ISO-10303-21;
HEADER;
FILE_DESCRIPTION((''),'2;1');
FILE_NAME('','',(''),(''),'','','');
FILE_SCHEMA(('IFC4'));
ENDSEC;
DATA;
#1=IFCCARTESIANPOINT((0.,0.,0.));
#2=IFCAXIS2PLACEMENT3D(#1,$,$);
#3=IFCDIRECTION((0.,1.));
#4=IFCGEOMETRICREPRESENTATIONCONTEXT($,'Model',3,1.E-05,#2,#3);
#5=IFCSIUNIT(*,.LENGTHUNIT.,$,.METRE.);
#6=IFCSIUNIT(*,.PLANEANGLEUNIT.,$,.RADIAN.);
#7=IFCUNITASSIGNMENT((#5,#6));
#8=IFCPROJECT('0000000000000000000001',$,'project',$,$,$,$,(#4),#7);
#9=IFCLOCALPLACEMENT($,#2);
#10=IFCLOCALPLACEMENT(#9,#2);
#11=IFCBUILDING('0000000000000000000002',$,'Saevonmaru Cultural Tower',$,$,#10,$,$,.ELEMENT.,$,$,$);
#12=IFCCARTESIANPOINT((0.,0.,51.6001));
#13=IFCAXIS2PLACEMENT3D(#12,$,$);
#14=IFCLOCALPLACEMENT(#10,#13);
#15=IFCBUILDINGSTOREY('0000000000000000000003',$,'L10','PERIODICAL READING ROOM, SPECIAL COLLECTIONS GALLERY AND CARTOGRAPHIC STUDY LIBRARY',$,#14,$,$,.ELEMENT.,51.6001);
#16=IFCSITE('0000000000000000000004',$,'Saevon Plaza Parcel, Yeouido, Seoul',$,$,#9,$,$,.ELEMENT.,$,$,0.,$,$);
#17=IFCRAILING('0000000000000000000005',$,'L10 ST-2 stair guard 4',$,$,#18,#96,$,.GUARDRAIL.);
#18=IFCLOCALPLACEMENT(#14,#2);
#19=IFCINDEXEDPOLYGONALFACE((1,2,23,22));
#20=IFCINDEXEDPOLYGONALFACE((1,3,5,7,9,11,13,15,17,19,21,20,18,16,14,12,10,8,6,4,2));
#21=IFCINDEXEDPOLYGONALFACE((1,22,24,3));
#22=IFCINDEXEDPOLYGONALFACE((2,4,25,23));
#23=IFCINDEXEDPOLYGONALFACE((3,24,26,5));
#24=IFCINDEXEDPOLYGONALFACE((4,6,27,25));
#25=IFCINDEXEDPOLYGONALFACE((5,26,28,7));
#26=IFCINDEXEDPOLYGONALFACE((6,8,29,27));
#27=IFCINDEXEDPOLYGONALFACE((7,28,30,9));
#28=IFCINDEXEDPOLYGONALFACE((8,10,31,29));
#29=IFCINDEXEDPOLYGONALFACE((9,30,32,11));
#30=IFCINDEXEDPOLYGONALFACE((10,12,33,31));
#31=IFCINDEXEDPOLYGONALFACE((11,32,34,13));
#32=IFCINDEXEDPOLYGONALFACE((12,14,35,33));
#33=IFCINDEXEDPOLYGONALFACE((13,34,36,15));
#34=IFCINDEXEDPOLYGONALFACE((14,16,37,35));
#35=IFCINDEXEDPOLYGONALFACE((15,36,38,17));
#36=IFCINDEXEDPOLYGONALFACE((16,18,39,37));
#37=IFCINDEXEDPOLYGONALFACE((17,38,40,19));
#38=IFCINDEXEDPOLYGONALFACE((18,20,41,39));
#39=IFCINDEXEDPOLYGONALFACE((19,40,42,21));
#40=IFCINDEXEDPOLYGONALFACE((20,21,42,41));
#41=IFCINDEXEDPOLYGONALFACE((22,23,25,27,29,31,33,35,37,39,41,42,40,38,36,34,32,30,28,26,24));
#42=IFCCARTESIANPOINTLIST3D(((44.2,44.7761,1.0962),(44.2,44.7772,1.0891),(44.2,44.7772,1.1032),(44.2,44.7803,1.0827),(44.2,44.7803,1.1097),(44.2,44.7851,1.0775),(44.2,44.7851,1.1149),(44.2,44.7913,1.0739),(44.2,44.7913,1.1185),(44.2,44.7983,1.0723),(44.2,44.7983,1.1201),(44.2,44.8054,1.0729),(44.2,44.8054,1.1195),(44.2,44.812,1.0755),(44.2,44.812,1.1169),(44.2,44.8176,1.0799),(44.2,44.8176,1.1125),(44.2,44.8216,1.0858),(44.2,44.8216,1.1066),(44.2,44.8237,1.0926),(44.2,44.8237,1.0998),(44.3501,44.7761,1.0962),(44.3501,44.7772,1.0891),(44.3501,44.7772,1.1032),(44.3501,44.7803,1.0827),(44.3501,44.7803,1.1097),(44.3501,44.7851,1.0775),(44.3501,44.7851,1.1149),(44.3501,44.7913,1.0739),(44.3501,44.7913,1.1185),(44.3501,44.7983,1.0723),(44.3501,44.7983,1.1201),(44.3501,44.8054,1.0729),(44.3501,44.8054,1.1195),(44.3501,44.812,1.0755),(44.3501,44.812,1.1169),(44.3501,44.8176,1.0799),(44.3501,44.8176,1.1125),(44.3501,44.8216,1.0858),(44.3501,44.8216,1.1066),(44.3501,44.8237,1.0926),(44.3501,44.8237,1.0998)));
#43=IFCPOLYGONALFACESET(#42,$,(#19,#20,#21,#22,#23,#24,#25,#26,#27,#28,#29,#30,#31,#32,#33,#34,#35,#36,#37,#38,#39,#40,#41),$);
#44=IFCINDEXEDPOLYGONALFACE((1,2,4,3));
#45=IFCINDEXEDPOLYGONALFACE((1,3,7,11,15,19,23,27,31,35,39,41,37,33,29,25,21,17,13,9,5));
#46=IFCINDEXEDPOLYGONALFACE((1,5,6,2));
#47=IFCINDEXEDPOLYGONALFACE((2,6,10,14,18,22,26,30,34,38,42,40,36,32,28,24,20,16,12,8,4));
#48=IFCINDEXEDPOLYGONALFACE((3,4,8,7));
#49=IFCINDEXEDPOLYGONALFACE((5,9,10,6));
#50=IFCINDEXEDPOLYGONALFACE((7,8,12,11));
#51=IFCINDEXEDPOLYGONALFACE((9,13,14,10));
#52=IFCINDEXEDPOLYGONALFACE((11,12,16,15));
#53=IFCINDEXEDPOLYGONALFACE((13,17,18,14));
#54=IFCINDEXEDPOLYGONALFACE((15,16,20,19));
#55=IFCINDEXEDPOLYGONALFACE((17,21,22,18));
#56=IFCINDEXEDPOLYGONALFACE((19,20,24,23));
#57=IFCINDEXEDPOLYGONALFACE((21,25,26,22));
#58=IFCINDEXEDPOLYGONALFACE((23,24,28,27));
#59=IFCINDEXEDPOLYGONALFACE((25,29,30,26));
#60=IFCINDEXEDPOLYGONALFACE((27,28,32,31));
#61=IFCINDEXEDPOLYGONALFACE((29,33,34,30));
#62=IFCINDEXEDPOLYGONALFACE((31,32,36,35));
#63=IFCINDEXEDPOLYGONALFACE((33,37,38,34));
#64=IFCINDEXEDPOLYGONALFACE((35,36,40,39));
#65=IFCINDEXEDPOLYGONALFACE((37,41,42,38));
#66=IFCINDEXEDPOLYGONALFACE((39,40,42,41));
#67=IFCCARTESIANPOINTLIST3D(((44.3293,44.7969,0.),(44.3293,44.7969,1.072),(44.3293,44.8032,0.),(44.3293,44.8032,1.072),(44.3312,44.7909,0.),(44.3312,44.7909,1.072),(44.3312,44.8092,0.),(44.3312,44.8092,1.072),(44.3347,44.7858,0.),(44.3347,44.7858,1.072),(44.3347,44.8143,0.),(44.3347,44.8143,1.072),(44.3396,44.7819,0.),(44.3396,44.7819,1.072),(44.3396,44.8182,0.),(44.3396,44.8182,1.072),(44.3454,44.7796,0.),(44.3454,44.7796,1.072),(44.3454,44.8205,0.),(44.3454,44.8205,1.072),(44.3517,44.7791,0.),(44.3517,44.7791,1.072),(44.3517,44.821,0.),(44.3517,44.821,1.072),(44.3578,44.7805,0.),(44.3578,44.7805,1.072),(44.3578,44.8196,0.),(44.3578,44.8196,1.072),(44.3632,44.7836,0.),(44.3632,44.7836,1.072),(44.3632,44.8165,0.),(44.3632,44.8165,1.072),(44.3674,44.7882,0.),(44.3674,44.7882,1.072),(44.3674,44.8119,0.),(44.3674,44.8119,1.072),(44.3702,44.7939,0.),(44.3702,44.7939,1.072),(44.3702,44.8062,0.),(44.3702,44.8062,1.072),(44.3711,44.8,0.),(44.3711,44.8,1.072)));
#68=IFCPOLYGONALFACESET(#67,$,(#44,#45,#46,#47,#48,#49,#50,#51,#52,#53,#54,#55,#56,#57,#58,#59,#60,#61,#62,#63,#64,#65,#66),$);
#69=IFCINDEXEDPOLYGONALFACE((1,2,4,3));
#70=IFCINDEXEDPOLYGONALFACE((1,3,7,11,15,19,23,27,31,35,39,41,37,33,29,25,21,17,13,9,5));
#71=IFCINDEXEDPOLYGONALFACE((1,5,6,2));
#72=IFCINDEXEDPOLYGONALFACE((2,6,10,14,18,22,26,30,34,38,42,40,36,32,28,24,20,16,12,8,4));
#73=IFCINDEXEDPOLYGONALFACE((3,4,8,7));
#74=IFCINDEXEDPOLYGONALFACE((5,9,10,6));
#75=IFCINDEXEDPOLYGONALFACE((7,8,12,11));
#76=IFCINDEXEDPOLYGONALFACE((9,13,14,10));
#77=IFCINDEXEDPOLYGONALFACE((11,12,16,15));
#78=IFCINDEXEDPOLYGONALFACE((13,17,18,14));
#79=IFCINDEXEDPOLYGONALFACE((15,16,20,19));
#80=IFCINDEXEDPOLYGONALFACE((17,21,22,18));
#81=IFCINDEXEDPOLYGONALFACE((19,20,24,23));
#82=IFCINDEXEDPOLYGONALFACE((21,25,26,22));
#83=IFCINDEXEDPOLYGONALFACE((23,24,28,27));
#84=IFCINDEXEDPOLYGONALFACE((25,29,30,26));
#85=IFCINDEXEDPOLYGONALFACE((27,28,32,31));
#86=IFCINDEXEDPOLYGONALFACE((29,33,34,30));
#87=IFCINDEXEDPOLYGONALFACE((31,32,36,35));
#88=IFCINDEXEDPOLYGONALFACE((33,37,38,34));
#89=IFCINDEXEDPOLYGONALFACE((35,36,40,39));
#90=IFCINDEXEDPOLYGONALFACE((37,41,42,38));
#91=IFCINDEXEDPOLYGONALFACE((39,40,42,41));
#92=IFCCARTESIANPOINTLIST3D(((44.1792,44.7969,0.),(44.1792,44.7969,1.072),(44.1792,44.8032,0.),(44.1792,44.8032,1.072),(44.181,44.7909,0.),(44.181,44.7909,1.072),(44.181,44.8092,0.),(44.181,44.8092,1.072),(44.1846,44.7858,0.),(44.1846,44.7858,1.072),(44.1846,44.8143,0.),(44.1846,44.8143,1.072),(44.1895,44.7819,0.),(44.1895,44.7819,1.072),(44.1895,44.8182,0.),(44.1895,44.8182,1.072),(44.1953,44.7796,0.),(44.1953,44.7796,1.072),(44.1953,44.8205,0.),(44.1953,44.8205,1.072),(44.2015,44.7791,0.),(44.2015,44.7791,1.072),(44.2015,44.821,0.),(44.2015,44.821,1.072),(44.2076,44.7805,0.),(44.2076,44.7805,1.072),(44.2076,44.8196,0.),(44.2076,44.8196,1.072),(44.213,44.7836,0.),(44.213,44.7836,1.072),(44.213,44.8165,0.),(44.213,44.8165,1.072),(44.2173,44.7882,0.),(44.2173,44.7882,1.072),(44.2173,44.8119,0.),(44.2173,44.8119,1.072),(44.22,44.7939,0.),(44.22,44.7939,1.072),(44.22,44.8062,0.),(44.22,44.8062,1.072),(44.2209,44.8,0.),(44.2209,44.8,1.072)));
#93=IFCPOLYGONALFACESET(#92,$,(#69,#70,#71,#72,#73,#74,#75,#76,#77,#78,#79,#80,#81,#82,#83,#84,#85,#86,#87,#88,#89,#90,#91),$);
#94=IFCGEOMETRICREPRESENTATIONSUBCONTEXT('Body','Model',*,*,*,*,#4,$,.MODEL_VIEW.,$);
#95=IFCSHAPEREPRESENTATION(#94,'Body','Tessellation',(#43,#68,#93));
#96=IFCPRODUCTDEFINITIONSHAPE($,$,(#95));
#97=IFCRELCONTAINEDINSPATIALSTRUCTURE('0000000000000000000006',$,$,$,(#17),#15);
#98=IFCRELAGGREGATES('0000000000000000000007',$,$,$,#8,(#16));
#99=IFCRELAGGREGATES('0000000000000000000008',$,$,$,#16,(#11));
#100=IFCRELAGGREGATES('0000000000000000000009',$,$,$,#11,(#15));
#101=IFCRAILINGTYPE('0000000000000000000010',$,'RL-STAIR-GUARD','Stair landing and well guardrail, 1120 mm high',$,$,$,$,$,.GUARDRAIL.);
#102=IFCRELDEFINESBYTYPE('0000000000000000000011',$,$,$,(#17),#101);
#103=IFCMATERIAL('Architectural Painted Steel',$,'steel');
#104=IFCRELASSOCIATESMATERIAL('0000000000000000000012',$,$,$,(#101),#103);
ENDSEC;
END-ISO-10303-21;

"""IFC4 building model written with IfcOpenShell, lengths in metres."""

from ifc_helpers import new_model, si_unit, direction, frame, origin, origin_2d, place, context, subcontext, project, spatial, circle, extrude, material, type_object, element, save


model = new_model("IFC4")

# Units and contexts
model_context = context("Model", 3, precision=1e-05, world=origin(), true_north=direction((0.0, 1.0)))
body_context = subcontext(model_context, "Body", "Model", "MODEL_VIEW")
ifc_project = project(units=[si_unit("LENGTHUNIT", "METRE"), si_unit("PLANEANGLEUNIT", "RADIAN")], contexts=[model_context])

# Site, building, storey
site_placement = place(None, origin())
site = spatial("IfcSite", under=ifc_project, at=site_placement, Name="Saevon Plaza Parcel, Yeouido, Seoul", CompositionType="ELEMENT", RefElevation=0.0)
building_placement = place(site_placement, origin())
building = spatial("IfcBuilding", under=site, at=building_placement, Name="Saevonmaru Cultural Tower", CompositionType="ELEMENT")
storey_placement = place(building_placement, frame((0.0, 0.0, 51.6001)))
storey = spatial("IfcBuildingStorey", under=building, at=storey_placement, Name="L10", Description="PERIODICAL READING ROOM, SPECIAL COLLECTIONS GALLERY AND CARTOGRAPHIC STUDY LIBRARY", CompositionType="ELEMENT", Elevation=51.6001)

# Railing
ifc_material_1 = material(Name="Architectural Painted Steel", Category="steel")
railing_type_1 = type_object("IfcRailingType", Name="RL-STAIR-GUARD", Description="Stair landing and well guardrail, 1120 mm high", PredefinedType="GUARDRAIL", material=ifc_material_1)
railing_1_placement = place(storey_placement, frame((44.3501, 44.8, 0.0)))
element("IfcRailing", 1, at=railing_1_placement, inside=storey, type_object=railing_type_1, Name="L10 ST-2 stair guard 4", PredefinedType="GUARDRAIL", context=body_context, shape_type="SweptSolid", body=[
    extrude(circle(Radius=0.0239, at=origin_2d()), frame((0.0, 0.0, 1.0962), z_axis=(-1.0, 0.0, 0.0), x_axis=(0.0, -1.0, 0.0)), (0.0, 0.0, 1.0), 0.1501),
    extrude(circle(Radius=0.021, at=origin_2d()), origin(), (0.0, 0.0, 1.0), 1.072),
    extrude(circle(Radius=0.021, at=origin_2d()), frame((-0.1501, 0.0, 0.0)), (0.0, 0.0, 1.0), 1.072),
])

save(model, "model.ifc")
